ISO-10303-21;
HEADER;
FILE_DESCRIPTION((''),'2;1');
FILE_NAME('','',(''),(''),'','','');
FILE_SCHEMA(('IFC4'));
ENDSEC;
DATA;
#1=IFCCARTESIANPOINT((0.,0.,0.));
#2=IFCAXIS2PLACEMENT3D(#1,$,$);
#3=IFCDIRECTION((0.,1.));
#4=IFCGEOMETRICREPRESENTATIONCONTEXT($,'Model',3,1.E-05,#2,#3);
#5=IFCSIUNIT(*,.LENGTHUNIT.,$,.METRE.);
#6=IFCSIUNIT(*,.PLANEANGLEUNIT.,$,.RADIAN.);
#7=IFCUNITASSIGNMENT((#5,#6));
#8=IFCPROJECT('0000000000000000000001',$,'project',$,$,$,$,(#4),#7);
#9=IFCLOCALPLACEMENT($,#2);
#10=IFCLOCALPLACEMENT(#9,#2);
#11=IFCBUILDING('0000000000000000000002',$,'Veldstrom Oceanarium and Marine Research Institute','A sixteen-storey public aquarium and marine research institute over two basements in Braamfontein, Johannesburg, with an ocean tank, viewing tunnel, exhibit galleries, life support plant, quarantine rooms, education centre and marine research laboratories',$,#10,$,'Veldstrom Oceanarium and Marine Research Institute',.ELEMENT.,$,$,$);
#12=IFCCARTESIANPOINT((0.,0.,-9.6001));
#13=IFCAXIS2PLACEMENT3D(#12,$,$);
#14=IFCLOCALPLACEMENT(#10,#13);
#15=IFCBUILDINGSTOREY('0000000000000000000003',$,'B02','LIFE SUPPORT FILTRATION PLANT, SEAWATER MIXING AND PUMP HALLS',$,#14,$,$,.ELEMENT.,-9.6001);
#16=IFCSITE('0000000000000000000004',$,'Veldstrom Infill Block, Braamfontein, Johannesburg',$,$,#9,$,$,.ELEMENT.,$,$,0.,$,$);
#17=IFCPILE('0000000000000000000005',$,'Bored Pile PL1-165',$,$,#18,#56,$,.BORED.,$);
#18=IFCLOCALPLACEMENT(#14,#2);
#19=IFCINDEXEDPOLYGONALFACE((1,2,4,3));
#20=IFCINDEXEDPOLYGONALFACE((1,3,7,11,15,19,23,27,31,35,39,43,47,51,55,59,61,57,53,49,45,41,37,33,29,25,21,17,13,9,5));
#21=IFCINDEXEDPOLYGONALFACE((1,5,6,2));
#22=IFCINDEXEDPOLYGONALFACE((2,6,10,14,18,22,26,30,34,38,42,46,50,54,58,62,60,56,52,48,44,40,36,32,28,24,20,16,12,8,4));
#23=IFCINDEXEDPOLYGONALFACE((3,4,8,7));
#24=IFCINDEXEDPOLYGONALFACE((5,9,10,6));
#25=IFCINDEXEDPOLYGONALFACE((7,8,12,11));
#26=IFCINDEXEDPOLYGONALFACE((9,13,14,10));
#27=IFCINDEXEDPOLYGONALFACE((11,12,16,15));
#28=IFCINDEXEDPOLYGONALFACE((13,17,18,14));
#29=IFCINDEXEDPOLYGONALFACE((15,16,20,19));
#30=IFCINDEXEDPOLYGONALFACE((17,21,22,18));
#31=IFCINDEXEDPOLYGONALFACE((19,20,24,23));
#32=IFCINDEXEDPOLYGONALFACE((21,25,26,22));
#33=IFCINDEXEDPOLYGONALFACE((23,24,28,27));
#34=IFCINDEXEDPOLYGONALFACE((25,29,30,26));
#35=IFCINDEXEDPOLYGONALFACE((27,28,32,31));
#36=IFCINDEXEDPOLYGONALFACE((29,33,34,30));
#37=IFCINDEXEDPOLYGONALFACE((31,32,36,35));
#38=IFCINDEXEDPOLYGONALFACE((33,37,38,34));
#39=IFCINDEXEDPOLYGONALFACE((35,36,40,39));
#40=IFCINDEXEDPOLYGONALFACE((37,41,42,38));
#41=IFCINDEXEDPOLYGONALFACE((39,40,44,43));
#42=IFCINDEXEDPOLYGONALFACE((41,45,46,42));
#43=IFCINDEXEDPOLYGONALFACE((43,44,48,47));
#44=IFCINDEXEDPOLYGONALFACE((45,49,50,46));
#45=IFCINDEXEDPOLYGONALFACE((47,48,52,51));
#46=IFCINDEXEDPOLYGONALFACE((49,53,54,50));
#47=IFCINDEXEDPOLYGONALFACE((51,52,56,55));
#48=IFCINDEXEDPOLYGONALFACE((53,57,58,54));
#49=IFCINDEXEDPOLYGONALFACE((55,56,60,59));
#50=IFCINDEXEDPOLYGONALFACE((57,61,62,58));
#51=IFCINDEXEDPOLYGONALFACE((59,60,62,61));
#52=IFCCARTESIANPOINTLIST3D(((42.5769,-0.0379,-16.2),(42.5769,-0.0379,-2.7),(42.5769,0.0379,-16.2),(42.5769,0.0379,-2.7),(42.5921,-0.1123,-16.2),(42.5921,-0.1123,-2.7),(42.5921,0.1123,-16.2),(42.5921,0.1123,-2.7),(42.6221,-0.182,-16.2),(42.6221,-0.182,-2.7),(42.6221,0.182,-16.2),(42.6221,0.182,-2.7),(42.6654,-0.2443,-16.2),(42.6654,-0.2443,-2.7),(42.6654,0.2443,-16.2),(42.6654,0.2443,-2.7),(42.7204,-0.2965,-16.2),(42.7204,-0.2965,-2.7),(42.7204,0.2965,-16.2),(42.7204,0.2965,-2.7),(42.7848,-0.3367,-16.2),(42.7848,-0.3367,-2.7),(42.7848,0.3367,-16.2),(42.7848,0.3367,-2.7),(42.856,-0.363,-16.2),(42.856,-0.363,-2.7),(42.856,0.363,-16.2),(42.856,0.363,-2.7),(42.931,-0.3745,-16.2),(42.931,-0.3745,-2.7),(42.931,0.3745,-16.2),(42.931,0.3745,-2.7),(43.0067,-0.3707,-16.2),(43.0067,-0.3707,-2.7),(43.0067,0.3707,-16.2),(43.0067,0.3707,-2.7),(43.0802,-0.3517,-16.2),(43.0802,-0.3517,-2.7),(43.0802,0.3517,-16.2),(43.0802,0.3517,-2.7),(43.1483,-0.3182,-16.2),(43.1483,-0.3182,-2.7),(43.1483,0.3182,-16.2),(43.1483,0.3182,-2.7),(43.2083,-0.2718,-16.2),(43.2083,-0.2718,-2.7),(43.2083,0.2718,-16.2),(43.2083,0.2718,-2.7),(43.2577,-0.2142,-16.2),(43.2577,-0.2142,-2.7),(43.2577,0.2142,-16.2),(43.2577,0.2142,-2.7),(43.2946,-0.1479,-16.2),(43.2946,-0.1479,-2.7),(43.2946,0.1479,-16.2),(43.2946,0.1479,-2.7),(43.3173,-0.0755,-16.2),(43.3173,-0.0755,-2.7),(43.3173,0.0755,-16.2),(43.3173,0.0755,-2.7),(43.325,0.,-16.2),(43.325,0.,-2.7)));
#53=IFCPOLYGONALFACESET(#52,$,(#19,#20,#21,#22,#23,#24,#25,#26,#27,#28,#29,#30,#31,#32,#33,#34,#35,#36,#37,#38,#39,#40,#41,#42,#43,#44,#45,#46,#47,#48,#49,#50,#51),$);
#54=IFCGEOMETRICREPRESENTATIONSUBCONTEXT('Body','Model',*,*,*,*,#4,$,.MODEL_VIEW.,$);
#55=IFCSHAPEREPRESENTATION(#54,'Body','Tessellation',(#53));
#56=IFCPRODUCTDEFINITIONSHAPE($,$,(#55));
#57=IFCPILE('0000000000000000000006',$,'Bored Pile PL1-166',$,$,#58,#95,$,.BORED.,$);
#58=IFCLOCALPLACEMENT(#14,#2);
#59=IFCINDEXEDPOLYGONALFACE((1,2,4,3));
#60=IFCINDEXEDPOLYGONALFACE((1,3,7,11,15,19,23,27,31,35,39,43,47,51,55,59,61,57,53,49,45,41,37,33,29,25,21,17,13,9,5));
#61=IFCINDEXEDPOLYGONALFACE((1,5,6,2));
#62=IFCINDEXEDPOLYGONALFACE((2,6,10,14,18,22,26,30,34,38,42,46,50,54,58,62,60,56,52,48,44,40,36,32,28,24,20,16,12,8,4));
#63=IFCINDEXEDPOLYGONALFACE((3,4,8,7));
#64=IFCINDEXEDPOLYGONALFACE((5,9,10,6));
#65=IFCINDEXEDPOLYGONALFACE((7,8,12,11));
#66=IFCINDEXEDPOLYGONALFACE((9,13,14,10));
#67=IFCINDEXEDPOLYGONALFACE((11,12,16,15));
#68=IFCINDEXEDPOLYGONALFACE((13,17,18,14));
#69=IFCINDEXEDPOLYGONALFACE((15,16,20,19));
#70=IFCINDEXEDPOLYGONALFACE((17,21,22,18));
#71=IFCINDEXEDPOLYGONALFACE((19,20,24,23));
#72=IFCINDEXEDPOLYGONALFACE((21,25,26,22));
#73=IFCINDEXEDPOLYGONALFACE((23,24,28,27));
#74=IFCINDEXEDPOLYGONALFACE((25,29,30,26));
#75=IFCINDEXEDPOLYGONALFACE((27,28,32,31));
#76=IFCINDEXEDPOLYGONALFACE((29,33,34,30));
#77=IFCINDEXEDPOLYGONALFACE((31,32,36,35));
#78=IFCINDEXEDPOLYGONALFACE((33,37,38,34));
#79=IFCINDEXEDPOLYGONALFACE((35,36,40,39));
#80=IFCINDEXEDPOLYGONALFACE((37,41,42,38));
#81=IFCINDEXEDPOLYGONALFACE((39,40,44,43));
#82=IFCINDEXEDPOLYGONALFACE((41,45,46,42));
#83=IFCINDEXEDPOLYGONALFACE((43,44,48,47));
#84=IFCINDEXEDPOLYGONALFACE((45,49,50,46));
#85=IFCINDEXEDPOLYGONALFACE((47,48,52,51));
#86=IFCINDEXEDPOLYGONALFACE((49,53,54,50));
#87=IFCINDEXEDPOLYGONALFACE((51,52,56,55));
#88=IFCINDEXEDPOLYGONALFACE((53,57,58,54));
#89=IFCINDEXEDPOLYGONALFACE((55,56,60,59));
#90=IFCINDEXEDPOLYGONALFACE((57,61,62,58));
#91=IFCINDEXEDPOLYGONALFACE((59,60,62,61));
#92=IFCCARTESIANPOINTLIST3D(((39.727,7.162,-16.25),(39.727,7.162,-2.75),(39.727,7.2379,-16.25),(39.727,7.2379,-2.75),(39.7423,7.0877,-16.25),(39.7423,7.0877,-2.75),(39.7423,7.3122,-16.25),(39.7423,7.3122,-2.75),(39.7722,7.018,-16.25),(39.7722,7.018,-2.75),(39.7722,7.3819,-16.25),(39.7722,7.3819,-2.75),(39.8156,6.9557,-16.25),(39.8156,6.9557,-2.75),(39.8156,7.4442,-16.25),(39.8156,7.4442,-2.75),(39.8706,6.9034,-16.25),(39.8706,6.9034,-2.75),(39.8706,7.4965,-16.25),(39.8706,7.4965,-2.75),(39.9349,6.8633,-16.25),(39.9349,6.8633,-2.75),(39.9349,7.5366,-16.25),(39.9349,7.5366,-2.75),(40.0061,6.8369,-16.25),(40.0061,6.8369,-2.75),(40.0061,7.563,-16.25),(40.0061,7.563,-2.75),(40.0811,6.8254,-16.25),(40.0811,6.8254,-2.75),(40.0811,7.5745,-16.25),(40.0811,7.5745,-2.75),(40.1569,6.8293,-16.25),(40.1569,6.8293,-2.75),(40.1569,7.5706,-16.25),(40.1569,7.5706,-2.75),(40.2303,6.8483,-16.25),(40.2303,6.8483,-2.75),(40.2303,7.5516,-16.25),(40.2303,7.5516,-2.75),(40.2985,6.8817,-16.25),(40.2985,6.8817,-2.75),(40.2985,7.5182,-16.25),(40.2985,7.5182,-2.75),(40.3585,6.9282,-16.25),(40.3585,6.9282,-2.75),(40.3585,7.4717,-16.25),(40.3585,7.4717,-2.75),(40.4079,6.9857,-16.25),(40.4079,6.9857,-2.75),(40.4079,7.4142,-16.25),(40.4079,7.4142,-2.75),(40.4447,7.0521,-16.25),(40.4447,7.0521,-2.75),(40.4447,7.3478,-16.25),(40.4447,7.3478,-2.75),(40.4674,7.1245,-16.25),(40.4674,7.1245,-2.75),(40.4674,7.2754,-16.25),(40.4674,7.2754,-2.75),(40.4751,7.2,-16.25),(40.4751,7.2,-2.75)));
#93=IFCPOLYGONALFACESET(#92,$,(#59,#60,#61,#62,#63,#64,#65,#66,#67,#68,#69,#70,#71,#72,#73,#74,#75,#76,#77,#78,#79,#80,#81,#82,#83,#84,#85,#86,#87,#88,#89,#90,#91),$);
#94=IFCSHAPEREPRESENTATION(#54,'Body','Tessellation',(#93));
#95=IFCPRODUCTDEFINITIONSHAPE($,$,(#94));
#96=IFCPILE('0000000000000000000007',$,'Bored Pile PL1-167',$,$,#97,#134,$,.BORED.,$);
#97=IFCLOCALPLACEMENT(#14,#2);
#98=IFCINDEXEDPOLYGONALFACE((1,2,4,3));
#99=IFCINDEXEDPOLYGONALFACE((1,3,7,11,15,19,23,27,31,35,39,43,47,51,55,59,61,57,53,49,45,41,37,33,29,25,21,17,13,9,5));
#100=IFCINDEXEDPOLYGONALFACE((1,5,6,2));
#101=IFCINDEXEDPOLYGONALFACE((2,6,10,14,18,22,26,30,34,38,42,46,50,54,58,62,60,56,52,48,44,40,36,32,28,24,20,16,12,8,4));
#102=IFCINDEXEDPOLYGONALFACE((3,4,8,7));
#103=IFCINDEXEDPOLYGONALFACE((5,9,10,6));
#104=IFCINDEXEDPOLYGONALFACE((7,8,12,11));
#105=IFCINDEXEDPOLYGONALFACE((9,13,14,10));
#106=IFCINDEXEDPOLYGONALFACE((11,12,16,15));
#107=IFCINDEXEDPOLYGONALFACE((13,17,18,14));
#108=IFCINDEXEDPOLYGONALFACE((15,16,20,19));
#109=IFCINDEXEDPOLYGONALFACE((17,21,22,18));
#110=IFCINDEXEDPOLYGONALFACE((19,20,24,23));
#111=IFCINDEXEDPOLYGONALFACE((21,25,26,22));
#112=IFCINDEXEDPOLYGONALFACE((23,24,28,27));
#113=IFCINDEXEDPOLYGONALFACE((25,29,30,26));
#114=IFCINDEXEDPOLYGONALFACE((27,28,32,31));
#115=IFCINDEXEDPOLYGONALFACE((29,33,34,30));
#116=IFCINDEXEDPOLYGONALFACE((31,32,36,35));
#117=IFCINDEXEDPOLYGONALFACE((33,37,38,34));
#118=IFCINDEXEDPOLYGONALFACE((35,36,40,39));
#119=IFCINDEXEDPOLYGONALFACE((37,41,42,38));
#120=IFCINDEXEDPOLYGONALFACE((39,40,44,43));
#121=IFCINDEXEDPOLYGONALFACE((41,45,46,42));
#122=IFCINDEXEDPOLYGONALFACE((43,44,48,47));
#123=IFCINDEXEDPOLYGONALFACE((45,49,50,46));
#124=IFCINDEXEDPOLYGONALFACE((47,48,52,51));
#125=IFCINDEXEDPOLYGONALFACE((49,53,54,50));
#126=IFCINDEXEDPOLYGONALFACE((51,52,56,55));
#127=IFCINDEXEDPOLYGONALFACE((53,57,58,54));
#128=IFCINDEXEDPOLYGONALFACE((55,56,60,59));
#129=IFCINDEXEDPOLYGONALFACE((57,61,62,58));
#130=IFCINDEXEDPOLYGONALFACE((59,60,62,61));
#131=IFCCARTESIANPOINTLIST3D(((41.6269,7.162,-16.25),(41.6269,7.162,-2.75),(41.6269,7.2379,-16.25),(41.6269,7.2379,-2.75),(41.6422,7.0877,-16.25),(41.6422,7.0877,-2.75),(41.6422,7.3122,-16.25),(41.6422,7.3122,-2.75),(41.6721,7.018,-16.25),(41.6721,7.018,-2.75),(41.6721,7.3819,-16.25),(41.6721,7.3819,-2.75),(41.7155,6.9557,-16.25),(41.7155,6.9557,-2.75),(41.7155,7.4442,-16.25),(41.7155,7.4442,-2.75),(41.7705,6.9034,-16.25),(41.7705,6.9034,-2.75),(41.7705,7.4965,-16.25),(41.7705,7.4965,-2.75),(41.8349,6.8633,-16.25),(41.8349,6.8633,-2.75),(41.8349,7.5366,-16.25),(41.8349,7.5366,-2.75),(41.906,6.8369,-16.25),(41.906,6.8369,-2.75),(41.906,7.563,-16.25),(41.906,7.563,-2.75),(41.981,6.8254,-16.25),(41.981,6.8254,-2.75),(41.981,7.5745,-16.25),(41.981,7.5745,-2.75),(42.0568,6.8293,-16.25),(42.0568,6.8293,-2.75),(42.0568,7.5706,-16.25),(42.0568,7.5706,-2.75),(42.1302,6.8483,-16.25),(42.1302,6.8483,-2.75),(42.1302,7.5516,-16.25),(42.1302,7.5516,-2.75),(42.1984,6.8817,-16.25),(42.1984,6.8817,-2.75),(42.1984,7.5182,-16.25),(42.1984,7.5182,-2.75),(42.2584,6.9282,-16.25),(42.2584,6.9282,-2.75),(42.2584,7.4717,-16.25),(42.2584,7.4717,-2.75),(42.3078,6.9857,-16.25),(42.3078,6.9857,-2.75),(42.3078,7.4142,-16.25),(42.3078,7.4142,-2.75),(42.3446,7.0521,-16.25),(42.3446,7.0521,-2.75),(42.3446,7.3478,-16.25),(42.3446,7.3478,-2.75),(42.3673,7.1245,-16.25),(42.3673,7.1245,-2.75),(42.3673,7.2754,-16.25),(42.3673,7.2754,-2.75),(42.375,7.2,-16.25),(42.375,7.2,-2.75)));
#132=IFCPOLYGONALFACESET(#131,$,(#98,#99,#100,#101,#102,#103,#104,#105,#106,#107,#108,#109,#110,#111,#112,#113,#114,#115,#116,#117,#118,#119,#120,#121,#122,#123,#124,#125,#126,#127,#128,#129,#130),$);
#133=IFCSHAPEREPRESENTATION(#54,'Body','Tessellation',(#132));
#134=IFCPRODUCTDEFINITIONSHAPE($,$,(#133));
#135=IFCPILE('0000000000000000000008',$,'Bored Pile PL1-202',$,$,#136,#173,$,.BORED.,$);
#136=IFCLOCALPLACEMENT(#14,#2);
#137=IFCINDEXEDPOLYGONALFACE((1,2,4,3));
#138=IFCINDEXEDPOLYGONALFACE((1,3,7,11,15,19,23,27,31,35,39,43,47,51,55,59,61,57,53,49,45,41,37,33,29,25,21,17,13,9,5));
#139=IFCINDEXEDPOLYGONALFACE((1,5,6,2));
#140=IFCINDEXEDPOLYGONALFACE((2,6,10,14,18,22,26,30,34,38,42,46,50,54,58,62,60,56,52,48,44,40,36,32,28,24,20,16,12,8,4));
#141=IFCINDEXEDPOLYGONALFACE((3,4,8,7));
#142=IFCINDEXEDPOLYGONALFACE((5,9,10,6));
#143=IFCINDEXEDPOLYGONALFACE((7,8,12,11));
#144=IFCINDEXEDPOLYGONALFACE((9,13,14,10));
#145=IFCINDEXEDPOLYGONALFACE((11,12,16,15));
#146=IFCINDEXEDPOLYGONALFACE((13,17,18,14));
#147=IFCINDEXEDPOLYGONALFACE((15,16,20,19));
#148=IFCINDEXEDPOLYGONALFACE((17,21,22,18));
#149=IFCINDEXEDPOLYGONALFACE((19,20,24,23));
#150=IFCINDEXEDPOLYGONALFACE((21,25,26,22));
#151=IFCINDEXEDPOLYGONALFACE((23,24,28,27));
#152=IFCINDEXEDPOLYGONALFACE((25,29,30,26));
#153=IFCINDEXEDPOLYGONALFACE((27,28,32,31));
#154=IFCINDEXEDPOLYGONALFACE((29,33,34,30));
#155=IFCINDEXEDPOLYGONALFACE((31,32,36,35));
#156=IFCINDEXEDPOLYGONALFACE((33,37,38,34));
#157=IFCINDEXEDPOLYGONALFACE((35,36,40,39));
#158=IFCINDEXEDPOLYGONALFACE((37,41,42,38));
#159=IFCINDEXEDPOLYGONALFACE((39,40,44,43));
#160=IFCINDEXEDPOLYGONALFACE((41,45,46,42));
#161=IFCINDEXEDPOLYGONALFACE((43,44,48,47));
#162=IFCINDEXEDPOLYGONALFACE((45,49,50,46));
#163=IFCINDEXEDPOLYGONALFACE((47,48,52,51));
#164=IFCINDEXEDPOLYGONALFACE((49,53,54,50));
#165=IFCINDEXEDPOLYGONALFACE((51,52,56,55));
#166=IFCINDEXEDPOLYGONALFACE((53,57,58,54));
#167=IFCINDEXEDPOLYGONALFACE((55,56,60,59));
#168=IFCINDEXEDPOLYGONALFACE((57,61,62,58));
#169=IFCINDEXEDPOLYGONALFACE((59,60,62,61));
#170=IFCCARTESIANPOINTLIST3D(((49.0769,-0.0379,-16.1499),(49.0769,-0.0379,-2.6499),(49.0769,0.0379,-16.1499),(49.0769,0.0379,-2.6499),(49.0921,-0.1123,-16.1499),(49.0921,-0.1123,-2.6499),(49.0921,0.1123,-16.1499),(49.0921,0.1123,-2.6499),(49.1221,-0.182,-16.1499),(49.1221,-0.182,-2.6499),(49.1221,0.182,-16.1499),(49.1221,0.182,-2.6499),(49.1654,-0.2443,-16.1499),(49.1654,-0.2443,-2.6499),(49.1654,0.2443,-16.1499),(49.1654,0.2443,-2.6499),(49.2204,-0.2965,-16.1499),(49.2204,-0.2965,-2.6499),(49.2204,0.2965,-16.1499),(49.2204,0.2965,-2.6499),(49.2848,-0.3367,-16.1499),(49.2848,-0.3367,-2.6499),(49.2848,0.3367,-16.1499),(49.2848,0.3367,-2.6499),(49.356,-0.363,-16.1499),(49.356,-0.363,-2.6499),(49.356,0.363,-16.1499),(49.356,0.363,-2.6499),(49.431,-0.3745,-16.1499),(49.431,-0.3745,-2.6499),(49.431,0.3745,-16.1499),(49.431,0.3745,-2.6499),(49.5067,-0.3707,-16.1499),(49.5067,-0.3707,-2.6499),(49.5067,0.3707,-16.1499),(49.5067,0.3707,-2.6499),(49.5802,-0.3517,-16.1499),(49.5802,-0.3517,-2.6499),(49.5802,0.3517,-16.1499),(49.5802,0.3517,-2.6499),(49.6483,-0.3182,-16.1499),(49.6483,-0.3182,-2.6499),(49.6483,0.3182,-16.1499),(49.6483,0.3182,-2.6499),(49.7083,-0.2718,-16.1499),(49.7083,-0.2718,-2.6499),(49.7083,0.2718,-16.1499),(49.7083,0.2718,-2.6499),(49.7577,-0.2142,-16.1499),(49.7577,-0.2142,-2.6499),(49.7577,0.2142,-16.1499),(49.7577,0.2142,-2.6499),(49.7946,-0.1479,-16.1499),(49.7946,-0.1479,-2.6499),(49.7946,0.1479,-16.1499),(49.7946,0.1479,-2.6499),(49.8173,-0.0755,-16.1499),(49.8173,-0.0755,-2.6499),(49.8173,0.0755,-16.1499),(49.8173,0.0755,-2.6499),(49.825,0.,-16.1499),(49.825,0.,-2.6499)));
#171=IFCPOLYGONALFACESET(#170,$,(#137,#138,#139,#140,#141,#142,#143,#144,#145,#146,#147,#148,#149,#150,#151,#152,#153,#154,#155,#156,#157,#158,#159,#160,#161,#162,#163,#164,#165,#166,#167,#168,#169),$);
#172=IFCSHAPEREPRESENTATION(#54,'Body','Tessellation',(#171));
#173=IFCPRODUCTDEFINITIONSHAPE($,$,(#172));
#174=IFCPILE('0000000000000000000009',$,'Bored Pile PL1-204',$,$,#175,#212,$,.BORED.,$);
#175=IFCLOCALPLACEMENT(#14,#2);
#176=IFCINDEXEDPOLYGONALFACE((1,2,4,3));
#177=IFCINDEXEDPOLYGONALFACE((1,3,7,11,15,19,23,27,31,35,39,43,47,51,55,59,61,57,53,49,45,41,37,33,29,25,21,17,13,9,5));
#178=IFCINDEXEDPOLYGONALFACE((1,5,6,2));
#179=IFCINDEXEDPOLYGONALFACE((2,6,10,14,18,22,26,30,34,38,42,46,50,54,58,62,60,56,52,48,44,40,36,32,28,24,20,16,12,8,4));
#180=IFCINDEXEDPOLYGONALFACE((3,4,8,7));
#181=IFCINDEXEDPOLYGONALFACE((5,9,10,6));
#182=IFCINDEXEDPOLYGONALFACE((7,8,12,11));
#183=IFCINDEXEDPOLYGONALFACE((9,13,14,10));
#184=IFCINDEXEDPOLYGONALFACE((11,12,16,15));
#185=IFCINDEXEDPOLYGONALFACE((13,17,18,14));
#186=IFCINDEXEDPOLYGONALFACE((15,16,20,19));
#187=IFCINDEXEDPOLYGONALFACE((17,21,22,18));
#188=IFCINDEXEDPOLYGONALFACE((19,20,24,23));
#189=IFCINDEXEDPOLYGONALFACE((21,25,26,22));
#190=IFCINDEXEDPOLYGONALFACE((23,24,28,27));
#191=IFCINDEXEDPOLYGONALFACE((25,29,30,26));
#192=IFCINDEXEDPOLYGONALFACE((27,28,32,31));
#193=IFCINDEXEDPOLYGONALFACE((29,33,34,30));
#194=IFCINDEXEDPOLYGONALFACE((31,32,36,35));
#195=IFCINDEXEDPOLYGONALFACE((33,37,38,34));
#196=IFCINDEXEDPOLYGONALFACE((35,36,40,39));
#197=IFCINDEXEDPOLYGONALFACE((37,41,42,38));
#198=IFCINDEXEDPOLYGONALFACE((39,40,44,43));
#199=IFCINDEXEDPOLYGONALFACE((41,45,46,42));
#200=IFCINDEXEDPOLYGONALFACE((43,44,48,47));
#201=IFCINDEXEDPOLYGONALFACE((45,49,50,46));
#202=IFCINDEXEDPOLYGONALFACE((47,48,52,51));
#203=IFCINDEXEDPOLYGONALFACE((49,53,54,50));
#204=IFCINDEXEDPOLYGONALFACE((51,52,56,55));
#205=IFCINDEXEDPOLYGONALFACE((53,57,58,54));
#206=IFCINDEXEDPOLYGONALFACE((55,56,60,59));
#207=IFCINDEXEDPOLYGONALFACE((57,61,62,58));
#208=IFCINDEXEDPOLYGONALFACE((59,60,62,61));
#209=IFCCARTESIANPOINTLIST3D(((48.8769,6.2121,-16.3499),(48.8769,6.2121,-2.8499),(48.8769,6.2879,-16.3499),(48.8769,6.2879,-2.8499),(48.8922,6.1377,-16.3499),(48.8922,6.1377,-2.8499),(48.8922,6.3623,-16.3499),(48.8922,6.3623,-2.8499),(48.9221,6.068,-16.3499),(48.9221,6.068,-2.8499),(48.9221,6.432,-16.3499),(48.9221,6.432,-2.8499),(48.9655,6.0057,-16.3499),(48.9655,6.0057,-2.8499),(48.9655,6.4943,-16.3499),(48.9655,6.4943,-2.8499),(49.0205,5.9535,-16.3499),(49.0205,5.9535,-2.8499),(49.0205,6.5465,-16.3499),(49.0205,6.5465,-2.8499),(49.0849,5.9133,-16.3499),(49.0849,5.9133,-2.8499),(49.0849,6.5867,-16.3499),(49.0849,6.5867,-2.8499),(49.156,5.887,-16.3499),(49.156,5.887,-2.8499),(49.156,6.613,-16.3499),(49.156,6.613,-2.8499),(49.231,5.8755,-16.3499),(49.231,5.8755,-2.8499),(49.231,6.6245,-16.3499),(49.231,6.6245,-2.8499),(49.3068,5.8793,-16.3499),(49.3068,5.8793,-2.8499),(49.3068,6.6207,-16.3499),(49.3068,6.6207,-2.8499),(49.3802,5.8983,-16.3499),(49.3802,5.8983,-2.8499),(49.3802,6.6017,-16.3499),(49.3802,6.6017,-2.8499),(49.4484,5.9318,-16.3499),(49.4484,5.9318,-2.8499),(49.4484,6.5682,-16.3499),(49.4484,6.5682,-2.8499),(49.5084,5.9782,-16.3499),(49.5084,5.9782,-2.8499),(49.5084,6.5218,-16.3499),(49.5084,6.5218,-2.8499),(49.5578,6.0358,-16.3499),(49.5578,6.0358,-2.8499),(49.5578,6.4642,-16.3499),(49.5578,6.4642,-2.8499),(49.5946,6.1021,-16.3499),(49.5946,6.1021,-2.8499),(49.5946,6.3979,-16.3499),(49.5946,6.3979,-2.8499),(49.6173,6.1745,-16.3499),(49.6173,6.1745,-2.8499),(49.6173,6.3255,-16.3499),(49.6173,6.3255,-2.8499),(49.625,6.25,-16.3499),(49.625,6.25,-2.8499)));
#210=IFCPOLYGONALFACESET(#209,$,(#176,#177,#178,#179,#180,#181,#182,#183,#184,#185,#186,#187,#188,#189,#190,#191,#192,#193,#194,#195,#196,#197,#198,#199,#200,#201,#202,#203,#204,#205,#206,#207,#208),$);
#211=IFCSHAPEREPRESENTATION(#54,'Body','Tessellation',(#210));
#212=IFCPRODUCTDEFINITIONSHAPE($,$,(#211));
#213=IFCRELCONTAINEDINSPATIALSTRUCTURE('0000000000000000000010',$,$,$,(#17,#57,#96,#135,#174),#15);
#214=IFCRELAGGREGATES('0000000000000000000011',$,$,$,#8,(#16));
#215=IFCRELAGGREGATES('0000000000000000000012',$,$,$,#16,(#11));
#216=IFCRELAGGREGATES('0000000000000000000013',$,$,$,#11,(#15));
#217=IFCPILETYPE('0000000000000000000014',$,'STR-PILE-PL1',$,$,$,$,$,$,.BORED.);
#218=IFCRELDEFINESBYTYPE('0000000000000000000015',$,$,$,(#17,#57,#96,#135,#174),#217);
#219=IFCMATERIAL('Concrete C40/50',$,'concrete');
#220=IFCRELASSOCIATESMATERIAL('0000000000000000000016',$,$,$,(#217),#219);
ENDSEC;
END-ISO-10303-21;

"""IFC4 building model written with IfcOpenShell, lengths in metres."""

from ifc_helpers import new_model, si_unit, direction, frame, origin, origin_2d, place, context, subcontext, project, spatial, circle, extrude, material, material_profile, profile_set, type_object, element, save


model = new_model("IFC4")

# Units and contexts
model_context = context("Model", 3, precision=1e-05, world=origin(), true_north=direction((0.0, 1.0)))
body_context = subcontext(model_context, "Body", "Model", "MODEL_VIEW")
ifc_project = project(units=[si_unit("LENGTHUNIT", "METRE"), si_unit("PLANEANGLEUNIT", "RADIAN")], contexts=[model_context])

# Site, building, storey
site_placement = place(None, origin())
site = spatial("IfcSite", under=ifc_project, at=site_placement, Name="Veldstrom Infill Block, Braamfontein, Johannesburg", CompositionType="ELEMENT", RefElevation=0.0)
building_placement = place(site_placement, origin())
building = spatial("IfcBuilding", under=site, at=building_placement, Name="Veldstrom Oceanarium and Marine Research Institute", Description="A sixteen-storey public aquarium and marine research institute over two basements in Braamfontein, Johannesburg, with an ocean tank, viewing tunnel, exhibit galleries, life support plant, quarantine rooms, education centre and marine research laboratories", LongName="Veldstrom Oceanarium and Marine Research Institute", CompositionType="ELEMENT")
storey_placement = place(building_placement, frame((0.0, 0.0, -9.6001)))
storey = spatial("IfcBuildingStorey", under=building, at=storey_placement, Name="B02", Description="LIFE SUPPORT FILTRATION PLANT, SEAWATER MIXING AND PUMP HALLS", CompositionType="ELEMENT", Elevation=-9.6001)

# Piles
ifc_material_1 = material(Name="Concrete C40/50", Category="concrete")
ifc_material_profile_1 = material_profile(ifc_material_1, circle(Radius=0.375, at=origin_2d()), Name="PILE-D750")
ifc_profile_set_1 = profile_set([ifc_material_profile_1], Name="Concrete C40/50")
pile_type = type_object("IfcPileType", Name="STR-PILE-PL1", PredefinedType="BORED", material=ifc_profile_set_1)
for number, where, z_axis, x_axis, name in (
    (1, (42.95, 0.0, -2.7), (0.0, 0.0, -1.0), (1.0, 0.0, 0.0), "Bored Pile PL1-165"),
    (2, (40.1001, 7.2, -2.75), (0.0, 0.0, -1.0), (1.0, 0.0, 0.0), "Bored Pile PL1-166"),
    (3, (42.0, 7.2, -2.75), (0.0, 0.0, -1.0), (1.0, 0.0, 0.0), "Bored Pile PL1-167"),
    (4, (49.45, 0.0, -2.6499), (0.0, 0.0, -1.0), (1.0, 0.0, 0.0), "Bored Pile PL1-202"),
    (5, (49.25, 6.25, -2.8499), (0.0, 0.0, -1.0), (1.0, 0.0, 0.0), "Bored Pile PL1-204"),
):
    element("IfcPile", number, at=place(storey_placement, frame(where, z_axis=z_axis, x_axis=x_axis)), inside=storey, type_object=pile_type, Name=name, PredefinedType="BORED", context=body_context, shape_type="SweptSolid", body=[
        extrude(circle(Radius=0.375, at=origin_2d()), origin(), (0.0, 0.0, 1.0), 13.5),
    ])

save(model, "model.ifc")
